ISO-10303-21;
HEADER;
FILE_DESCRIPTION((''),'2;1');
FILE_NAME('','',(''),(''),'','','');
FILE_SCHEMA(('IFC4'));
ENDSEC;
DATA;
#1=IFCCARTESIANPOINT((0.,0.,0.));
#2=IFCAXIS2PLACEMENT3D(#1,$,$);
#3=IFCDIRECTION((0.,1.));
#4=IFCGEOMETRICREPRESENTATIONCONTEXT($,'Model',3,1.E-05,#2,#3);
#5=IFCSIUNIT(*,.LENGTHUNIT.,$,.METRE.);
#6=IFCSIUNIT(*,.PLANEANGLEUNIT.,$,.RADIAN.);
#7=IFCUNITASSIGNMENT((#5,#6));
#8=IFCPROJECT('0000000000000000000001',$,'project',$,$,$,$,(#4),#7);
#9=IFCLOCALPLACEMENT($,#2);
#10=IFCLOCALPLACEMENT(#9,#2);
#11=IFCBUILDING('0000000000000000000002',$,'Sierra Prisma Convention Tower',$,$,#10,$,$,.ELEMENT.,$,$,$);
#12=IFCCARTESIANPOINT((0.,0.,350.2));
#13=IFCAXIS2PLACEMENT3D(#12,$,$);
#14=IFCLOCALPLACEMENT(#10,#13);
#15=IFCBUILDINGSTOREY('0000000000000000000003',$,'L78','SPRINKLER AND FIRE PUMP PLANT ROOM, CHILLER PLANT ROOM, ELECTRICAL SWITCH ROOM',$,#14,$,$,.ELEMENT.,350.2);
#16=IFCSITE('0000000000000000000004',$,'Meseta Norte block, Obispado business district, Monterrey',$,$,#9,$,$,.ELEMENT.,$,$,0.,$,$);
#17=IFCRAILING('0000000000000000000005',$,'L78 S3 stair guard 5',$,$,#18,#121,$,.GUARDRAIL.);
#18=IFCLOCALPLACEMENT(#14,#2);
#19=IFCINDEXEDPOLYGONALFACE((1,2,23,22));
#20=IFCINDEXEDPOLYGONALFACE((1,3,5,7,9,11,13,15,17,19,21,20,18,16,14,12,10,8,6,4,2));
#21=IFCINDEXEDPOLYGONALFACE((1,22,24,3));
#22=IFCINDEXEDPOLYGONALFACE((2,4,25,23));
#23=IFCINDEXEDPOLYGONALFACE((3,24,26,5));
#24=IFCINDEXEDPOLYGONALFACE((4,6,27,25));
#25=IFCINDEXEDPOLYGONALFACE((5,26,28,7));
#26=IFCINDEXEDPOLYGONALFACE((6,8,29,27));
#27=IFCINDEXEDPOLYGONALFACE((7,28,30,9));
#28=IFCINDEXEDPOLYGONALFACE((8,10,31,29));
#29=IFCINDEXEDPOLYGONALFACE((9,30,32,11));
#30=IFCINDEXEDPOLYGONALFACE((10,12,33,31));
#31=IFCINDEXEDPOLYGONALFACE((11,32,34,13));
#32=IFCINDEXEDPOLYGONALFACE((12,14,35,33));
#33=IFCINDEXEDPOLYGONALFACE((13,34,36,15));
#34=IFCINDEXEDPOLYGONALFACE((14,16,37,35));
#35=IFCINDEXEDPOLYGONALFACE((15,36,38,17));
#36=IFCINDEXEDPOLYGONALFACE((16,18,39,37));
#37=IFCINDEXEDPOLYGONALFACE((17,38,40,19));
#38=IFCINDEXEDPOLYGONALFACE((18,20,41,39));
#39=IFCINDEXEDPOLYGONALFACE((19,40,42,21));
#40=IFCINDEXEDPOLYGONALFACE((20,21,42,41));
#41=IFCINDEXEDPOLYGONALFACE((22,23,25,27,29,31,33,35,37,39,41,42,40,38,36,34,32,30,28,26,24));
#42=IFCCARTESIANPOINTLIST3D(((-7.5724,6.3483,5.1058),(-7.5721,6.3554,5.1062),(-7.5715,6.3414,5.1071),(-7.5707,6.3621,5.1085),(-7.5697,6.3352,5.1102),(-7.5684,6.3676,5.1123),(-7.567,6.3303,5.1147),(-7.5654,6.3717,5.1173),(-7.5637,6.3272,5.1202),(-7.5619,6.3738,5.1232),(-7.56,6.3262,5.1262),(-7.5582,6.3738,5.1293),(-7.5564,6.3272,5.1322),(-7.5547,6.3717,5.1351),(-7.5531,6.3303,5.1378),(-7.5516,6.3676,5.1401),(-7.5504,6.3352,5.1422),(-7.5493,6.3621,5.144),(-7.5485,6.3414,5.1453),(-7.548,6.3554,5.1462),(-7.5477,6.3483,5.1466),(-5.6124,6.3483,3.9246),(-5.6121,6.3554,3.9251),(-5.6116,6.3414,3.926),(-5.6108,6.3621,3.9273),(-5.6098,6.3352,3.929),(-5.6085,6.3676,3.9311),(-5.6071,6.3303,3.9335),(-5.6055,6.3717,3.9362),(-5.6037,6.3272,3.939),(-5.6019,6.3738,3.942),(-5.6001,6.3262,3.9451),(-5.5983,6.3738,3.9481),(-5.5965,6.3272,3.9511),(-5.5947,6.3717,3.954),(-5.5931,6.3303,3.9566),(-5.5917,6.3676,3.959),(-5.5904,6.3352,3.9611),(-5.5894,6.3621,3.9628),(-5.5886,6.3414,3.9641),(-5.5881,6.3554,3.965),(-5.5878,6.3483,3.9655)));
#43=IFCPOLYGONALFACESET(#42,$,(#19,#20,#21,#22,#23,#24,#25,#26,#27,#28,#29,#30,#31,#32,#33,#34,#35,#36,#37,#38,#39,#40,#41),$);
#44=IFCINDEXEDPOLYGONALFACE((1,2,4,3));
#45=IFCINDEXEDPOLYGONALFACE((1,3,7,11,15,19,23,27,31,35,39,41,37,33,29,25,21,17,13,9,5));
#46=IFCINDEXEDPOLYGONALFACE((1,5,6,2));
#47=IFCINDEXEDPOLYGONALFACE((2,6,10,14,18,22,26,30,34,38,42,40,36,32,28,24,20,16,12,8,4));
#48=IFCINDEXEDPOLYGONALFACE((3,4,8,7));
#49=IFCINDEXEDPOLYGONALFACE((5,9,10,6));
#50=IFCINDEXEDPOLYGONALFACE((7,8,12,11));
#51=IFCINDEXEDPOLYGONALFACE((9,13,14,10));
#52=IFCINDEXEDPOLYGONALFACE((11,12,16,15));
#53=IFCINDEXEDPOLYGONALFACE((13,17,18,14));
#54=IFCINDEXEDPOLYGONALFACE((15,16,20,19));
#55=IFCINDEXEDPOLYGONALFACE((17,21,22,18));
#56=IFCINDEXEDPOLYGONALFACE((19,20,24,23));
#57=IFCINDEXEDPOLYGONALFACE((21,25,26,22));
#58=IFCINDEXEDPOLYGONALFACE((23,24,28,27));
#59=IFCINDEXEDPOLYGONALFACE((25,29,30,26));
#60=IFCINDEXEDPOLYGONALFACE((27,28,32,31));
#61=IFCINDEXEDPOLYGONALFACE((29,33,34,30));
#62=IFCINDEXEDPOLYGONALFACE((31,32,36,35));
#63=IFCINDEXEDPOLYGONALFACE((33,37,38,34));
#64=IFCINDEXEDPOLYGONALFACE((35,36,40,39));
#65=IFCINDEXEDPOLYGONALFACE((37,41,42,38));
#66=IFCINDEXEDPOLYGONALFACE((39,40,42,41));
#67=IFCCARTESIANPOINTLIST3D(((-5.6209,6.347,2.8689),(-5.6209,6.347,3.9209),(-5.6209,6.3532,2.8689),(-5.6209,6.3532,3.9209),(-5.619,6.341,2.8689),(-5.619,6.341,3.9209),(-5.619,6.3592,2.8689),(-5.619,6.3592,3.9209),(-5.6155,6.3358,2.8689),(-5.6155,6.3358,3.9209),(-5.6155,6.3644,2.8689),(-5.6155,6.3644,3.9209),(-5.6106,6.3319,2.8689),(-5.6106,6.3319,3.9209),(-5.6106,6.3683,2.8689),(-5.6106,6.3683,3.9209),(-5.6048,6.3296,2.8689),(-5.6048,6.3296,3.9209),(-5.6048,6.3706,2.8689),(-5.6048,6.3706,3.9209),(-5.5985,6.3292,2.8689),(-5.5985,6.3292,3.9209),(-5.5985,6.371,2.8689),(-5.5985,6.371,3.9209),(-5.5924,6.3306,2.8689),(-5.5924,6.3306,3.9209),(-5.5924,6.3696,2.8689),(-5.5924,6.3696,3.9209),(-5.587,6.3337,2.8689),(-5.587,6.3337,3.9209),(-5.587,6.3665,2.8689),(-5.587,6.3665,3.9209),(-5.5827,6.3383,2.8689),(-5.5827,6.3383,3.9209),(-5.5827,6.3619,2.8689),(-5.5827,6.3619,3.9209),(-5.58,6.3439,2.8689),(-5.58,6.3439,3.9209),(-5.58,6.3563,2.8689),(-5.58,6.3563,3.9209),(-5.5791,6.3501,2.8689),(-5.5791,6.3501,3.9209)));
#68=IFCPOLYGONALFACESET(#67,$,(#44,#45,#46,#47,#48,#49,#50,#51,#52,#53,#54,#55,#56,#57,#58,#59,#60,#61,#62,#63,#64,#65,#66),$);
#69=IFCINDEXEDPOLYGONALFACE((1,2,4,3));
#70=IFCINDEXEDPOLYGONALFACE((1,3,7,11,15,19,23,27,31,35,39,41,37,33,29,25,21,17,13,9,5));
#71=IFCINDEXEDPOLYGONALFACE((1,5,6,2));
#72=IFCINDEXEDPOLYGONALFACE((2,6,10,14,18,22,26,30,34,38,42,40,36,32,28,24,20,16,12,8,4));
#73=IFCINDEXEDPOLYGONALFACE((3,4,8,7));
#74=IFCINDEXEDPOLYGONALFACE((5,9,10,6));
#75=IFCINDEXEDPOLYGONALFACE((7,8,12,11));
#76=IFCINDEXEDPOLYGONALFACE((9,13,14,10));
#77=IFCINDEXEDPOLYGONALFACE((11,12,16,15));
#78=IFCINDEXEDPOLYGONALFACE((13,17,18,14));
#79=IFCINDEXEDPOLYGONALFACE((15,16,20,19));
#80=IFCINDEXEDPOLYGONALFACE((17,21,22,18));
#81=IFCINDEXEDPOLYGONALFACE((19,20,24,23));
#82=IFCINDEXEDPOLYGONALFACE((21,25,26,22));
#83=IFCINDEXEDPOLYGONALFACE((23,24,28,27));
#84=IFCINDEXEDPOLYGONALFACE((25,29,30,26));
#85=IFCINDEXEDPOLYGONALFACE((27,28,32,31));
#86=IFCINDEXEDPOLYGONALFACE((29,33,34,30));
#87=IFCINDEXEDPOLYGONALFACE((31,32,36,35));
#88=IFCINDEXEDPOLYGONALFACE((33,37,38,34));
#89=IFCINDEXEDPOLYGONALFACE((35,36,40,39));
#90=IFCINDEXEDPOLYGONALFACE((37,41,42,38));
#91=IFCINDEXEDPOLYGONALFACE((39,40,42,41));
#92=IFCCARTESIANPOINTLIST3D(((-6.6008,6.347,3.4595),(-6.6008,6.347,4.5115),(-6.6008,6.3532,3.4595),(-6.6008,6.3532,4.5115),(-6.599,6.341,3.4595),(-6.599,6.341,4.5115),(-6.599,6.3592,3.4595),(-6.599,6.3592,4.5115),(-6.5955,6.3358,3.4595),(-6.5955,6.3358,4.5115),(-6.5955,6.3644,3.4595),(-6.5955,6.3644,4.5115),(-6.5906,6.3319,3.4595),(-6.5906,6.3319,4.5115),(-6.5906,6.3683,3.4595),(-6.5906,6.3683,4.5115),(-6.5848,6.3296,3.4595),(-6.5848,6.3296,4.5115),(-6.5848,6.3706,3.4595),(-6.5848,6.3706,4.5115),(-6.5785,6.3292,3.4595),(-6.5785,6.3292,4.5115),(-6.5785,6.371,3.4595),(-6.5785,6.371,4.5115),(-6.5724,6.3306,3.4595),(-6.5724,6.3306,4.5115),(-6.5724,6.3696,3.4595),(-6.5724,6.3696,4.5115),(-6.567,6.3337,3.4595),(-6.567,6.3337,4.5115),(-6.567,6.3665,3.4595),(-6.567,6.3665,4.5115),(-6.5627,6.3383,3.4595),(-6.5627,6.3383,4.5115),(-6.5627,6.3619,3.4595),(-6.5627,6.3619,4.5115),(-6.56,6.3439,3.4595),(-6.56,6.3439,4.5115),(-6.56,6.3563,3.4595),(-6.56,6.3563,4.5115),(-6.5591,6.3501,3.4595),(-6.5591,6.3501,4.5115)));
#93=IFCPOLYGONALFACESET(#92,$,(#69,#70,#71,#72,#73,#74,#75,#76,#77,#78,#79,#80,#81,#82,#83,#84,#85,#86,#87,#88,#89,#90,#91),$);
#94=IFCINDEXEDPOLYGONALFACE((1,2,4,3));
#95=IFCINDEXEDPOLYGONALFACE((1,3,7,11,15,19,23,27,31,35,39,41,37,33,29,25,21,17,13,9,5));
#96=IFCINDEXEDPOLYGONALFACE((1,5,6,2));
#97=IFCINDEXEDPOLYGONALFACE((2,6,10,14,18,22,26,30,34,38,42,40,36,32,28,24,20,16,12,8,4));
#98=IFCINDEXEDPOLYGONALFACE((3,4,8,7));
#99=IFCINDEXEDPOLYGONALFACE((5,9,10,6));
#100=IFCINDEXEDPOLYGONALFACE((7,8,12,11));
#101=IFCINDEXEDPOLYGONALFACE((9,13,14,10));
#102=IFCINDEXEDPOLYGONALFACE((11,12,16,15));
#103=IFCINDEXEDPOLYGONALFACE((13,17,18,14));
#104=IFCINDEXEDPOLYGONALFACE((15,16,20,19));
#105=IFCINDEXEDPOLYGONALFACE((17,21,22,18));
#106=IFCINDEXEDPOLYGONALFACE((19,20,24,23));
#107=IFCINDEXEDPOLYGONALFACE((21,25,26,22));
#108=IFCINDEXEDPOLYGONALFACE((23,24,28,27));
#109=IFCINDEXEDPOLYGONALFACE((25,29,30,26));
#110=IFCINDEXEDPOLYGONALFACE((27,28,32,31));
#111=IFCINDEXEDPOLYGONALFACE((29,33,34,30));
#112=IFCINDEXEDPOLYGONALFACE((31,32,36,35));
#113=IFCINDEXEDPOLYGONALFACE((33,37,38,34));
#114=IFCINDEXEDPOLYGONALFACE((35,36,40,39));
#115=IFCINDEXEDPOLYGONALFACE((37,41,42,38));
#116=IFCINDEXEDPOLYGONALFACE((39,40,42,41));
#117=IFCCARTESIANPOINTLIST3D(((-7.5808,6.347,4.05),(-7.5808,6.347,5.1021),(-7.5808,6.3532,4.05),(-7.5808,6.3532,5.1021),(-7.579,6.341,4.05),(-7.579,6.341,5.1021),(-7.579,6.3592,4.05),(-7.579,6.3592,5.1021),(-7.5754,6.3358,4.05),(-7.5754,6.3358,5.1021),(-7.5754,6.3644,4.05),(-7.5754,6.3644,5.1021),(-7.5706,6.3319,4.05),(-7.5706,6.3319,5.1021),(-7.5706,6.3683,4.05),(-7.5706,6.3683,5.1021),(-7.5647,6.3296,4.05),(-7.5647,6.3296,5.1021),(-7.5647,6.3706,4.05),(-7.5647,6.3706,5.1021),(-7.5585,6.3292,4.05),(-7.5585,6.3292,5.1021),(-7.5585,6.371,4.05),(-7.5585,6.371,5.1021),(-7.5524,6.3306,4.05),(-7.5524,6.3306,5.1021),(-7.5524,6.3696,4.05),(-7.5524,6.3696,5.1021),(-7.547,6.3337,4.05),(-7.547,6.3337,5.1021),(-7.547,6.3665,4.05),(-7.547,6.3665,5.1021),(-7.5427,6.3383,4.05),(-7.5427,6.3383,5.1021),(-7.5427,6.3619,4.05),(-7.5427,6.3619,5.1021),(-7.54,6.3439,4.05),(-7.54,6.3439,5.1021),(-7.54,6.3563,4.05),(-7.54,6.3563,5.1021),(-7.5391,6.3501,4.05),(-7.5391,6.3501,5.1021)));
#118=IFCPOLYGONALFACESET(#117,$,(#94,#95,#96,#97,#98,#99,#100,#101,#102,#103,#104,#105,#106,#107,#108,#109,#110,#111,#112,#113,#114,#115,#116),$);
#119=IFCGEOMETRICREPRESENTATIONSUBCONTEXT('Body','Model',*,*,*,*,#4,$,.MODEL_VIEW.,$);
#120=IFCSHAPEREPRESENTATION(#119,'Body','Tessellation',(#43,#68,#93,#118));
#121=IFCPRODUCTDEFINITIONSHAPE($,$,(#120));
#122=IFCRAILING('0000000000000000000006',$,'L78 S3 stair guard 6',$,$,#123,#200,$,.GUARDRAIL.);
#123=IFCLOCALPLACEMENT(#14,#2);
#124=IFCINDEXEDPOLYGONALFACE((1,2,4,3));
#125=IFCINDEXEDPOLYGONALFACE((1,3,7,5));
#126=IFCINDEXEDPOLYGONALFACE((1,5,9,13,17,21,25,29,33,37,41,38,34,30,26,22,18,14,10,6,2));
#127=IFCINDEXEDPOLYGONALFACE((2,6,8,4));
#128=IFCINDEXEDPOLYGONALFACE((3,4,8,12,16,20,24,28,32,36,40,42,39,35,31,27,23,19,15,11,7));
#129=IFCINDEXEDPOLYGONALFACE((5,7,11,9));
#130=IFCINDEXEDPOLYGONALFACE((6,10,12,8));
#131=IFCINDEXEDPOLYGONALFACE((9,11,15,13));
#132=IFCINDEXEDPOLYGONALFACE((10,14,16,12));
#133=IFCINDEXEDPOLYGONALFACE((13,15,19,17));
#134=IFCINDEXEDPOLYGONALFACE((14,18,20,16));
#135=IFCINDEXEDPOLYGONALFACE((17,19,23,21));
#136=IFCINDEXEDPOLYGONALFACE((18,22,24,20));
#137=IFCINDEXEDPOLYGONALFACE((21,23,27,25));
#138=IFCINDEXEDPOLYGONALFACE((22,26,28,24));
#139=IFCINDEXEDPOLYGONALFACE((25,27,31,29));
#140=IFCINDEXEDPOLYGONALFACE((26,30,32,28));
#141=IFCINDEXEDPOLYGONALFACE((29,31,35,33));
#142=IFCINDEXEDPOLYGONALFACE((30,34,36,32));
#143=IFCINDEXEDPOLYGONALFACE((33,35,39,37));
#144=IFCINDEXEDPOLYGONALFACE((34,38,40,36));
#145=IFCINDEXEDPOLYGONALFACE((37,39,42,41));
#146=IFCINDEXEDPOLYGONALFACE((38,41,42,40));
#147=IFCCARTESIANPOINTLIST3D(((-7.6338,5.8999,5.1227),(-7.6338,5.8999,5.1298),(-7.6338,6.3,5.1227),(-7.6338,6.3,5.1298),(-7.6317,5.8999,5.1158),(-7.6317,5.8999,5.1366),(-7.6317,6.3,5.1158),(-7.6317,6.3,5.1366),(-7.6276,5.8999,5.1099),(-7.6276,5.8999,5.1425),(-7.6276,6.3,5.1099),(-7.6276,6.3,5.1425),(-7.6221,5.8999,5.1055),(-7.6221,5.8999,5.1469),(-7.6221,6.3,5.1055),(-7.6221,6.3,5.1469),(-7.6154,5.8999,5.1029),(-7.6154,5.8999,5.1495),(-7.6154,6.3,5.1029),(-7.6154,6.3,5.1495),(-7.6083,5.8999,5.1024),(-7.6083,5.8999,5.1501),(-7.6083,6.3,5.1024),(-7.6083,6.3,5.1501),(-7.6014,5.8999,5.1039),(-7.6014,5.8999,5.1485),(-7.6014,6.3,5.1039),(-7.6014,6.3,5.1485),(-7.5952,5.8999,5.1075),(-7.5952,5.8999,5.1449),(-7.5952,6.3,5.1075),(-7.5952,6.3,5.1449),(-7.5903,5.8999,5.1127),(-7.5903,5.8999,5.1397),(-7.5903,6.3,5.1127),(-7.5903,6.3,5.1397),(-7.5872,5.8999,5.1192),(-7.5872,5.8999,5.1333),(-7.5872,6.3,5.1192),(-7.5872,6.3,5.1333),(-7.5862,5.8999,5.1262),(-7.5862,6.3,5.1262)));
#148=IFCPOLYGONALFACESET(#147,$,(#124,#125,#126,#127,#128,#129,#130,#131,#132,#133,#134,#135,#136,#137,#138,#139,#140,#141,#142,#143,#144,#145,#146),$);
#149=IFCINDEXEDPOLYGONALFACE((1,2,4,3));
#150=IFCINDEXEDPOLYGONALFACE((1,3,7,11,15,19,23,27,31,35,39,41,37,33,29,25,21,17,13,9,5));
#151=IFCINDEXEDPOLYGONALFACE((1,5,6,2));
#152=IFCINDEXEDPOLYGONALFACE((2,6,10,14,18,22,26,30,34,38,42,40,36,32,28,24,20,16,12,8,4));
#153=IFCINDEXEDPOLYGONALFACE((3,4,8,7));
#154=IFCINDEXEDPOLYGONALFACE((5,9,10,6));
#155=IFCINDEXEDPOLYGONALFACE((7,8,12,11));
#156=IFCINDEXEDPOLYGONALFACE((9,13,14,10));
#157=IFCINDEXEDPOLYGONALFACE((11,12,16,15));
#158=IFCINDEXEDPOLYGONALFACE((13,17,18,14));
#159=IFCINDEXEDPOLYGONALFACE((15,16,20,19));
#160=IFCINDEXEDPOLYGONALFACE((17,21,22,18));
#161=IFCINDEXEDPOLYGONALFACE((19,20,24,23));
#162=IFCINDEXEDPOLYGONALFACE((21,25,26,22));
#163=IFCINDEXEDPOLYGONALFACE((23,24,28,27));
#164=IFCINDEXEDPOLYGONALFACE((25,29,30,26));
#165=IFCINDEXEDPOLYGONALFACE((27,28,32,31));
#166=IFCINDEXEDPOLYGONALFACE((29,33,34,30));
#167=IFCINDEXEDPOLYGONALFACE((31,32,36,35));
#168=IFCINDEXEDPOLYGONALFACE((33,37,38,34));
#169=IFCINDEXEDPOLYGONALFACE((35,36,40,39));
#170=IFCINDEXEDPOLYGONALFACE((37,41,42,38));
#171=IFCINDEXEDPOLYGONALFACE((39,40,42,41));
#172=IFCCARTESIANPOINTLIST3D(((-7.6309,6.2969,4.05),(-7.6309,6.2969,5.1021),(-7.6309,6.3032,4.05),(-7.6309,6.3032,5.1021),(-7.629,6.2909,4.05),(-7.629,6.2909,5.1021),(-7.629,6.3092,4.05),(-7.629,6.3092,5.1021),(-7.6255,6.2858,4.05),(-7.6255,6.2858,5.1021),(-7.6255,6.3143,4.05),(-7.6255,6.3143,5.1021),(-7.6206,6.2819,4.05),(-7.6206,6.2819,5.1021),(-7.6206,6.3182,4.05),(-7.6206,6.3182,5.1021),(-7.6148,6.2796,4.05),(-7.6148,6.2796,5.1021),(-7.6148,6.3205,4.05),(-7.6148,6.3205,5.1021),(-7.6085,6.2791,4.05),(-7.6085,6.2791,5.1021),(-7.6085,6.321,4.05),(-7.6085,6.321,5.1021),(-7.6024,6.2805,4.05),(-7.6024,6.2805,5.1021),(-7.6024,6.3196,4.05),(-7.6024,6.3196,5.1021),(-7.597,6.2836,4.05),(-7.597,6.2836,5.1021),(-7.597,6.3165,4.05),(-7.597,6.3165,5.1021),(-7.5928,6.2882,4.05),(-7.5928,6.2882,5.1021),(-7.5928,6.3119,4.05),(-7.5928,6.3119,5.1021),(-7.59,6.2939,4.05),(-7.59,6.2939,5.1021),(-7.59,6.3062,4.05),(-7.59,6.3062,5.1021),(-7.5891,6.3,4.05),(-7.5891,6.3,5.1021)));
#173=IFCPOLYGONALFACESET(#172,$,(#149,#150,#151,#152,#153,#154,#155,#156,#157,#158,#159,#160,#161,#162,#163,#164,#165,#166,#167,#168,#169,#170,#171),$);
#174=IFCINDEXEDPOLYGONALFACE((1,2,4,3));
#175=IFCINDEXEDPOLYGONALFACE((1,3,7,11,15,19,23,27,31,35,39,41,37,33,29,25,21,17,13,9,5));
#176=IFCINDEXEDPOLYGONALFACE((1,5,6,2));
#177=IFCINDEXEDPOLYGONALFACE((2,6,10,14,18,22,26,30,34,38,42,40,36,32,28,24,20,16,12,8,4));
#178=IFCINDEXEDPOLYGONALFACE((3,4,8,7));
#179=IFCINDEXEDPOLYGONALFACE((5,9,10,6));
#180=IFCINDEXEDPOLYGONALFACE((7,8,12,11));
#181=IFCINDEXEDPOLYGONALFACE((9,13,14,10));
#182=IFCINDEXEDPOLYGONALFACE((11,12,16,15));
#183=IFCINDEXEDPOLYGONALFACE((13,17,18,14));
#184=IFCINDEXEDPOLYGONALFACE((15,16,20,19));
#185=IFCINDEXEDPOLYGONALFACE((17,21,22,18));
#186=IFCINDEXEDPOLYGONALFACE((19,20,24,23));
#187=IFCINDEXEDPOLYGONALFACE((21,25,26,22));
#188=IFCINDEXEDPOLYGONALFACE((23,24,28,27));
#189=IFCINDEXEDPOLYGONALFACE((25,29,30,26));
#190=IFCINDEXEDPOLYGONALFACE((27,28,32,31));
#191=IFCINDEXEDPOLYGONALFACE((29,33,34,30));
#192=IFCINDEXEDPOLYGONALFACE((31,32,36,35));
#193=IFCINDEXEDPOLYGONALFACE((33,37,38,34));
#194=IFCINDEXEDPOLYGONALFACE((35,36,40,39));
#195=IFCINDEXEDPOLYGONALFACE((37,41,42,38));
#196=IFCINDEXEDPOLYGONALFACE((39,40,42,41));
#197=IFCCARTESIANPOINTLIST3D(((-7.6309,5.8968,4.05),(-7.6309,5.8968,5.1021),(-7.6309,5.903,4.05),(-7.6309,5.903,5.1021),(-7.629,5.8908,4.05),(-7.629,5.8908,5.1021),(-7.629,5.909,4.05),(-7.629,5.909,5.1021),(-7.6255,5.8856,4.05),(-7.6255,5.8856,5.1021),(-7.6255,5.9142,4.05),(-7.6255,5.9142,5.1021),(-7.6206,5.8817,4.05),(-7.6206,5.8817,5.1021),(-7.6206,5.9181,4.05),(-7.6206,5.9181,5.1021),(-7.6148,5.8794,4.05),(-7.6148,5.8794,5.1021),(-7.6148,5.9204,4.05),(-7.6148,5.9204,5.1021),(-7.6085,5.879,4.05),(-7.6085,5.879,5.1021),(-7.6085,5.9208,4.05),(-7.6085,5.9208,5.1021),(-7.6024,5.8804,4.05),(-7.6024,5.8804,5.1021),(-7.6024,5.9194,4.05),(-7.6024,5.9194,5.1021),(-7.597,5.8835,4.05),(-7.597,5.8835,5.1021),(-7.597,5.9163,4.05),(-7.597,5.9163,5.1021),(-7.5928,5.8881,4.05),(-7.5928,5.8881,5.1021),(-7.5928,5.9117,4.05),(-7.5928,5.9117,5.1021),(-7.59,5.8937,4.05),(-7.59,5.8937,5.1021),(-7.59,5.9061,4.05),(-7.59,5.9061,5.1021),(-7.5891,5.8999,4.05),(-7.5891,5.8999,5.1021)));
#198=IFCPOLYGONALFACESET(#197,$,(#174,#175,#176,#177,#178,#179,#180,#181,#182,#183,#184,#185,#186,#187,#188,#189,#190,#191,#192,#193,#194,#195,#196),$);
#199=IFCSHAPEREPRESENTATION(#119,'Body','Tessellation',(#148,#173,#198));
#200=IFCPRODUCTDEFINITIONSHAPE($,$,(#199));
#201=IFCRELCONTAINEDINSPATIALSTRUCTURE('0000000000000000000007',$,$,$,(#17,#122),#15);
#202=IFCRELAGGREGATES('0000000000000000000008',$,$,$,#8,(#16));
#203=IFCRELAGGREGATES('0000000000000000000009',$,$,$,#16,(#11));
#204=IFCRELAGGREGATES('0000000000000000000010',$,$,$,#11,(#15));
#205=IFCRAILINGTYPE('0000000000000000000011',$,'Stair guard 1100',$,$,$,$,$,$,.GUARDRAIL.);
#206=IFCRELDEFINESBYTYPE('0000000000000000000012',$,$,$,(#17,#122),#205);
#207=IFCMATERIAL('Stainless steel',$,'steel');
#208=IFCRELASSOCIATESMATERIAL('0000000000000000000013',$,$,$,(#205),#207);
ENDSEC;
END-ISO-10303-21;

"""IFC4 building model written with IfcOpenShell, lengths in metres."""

from ifc_helpers import new_model, si_unit, direction, frame, origin, origin_2d, place, context, subcontext, project, spatial, circle, extrude, material, type_object, element, save


model = new_model("IFC4")

# Units and contexts
model_context = context("Model", 3, precision=1e-05, world=origin(), true_north=direction((0.0, 1.0)))
body_context = subcontext(model_context, "Body", "Model", "MODEL_VIEW")
ifc_project = project(units=[si_unit("LENGTHUNIT", "METRE"), si_unit("PLANEANGLEUNIT", "RADIAN")], contexts=[model_context])

# Site, building, storey
site_placement = place(None, origin())
site = spatial("IfcSite", under=ifc_project, at=site_placement, Name="Meseta Norte block, Obispado business district, Monterrey", CompositionType="ELEMENT", RefElevation=0.0)
building_placement = place(site_placement, origin())
building = spatial("IfcBuilding", under=site, at=building_placement, Name="Sierra Prisma Convention Tower", CompositionType="ELEMENT")
storey_placement = place(building_placement, frame((0.0, 0.0, 350.2)))
storey = spatial("IfcBuildingStorey", under=building, at=storey_placement, Name="L78", Description="SPRINKLER AND FIRE PUMP PLANT ROOM, CHILLER PLANT ROOM, ELECTRICAL SWITCH ROOM", CompositionType="ELEMENT", Elevation=350.2)

# Railings
ifc_material_1 = material(Name="Stainless steel", Category="steel")
railing_type_1 = type_object("IfcRailingType", Name="Stair guard 1100", PredefinedType="GUARDRAIL", material=ifc_material_1)
railing_1_placement = place(storey_placement, frame((-5.6001, 6.3501, 2.8689)))
element("IfcRailing", 1, at=railing_1_placement, inside=storey, type_object=railing_type_1, Name="L78 S3 stair guard 5", PredefinedType="GUARDRAIL", context=body_context, shape_type="SweptSolid", body=[
    extrude(circle(Radius=0.0239, at=origin_2d()), frame((0.0, 0.0, 1.0762), z_axis=(-0.856493, 0.0, 0.516158), x_axis=(0.0, -1.0, 0.0)), (0.0, 0.0, 1.0), 2.2883),
    extrude(circle(Radius=0.021, at=origin_2d()), origin(), (0.0, 0.0, 1.0), 1.052),
    extrude(circle(Radius=0.021, at=origin_2d()), frame((-0.98, 0.0, 0.5906)), (0.0, 0.0, 1.0), 1.052),
    extrude(circle(Radius=0.021, at=origin_2d()), frame((-1.96, 0.0, 1.1812)), (0.0, 0.0, 1.0), 1.052),
])
railing_2_placement = place(storey_placement, frame((-7.6101, 6.3, 4.05)))
element("IfcRailing", 2, at=railing_2_placement, inside=storey, type_object=railing_type_1, Name="L78 S3 stair guard 6", PredefinedType="GUARDRAIL", context=body_context, shape_type="SweptSolid", body=[
    extrude(circle(Radius=0.0239, at=origin_2d()), frame((0.0, 0.0, 1.0762), z_axis=(0.0, -1.0, 0.0), x_axis=(1.0, 0.0, 0.0)), (0.0, 0.0, 1.0), 0.4001),
    extrude(circle(Radius=0.021, at=origin_2d()), origin(), (0.0, 0.0, 1.0), 1.052),
    extrude(circle(Radius=0.021, at=origin_2d()), frame((0.0, -0.4001, 0.0)), (0.0, 0.0, 1.0), 1.052),
])

save(model, "model.ifc")
